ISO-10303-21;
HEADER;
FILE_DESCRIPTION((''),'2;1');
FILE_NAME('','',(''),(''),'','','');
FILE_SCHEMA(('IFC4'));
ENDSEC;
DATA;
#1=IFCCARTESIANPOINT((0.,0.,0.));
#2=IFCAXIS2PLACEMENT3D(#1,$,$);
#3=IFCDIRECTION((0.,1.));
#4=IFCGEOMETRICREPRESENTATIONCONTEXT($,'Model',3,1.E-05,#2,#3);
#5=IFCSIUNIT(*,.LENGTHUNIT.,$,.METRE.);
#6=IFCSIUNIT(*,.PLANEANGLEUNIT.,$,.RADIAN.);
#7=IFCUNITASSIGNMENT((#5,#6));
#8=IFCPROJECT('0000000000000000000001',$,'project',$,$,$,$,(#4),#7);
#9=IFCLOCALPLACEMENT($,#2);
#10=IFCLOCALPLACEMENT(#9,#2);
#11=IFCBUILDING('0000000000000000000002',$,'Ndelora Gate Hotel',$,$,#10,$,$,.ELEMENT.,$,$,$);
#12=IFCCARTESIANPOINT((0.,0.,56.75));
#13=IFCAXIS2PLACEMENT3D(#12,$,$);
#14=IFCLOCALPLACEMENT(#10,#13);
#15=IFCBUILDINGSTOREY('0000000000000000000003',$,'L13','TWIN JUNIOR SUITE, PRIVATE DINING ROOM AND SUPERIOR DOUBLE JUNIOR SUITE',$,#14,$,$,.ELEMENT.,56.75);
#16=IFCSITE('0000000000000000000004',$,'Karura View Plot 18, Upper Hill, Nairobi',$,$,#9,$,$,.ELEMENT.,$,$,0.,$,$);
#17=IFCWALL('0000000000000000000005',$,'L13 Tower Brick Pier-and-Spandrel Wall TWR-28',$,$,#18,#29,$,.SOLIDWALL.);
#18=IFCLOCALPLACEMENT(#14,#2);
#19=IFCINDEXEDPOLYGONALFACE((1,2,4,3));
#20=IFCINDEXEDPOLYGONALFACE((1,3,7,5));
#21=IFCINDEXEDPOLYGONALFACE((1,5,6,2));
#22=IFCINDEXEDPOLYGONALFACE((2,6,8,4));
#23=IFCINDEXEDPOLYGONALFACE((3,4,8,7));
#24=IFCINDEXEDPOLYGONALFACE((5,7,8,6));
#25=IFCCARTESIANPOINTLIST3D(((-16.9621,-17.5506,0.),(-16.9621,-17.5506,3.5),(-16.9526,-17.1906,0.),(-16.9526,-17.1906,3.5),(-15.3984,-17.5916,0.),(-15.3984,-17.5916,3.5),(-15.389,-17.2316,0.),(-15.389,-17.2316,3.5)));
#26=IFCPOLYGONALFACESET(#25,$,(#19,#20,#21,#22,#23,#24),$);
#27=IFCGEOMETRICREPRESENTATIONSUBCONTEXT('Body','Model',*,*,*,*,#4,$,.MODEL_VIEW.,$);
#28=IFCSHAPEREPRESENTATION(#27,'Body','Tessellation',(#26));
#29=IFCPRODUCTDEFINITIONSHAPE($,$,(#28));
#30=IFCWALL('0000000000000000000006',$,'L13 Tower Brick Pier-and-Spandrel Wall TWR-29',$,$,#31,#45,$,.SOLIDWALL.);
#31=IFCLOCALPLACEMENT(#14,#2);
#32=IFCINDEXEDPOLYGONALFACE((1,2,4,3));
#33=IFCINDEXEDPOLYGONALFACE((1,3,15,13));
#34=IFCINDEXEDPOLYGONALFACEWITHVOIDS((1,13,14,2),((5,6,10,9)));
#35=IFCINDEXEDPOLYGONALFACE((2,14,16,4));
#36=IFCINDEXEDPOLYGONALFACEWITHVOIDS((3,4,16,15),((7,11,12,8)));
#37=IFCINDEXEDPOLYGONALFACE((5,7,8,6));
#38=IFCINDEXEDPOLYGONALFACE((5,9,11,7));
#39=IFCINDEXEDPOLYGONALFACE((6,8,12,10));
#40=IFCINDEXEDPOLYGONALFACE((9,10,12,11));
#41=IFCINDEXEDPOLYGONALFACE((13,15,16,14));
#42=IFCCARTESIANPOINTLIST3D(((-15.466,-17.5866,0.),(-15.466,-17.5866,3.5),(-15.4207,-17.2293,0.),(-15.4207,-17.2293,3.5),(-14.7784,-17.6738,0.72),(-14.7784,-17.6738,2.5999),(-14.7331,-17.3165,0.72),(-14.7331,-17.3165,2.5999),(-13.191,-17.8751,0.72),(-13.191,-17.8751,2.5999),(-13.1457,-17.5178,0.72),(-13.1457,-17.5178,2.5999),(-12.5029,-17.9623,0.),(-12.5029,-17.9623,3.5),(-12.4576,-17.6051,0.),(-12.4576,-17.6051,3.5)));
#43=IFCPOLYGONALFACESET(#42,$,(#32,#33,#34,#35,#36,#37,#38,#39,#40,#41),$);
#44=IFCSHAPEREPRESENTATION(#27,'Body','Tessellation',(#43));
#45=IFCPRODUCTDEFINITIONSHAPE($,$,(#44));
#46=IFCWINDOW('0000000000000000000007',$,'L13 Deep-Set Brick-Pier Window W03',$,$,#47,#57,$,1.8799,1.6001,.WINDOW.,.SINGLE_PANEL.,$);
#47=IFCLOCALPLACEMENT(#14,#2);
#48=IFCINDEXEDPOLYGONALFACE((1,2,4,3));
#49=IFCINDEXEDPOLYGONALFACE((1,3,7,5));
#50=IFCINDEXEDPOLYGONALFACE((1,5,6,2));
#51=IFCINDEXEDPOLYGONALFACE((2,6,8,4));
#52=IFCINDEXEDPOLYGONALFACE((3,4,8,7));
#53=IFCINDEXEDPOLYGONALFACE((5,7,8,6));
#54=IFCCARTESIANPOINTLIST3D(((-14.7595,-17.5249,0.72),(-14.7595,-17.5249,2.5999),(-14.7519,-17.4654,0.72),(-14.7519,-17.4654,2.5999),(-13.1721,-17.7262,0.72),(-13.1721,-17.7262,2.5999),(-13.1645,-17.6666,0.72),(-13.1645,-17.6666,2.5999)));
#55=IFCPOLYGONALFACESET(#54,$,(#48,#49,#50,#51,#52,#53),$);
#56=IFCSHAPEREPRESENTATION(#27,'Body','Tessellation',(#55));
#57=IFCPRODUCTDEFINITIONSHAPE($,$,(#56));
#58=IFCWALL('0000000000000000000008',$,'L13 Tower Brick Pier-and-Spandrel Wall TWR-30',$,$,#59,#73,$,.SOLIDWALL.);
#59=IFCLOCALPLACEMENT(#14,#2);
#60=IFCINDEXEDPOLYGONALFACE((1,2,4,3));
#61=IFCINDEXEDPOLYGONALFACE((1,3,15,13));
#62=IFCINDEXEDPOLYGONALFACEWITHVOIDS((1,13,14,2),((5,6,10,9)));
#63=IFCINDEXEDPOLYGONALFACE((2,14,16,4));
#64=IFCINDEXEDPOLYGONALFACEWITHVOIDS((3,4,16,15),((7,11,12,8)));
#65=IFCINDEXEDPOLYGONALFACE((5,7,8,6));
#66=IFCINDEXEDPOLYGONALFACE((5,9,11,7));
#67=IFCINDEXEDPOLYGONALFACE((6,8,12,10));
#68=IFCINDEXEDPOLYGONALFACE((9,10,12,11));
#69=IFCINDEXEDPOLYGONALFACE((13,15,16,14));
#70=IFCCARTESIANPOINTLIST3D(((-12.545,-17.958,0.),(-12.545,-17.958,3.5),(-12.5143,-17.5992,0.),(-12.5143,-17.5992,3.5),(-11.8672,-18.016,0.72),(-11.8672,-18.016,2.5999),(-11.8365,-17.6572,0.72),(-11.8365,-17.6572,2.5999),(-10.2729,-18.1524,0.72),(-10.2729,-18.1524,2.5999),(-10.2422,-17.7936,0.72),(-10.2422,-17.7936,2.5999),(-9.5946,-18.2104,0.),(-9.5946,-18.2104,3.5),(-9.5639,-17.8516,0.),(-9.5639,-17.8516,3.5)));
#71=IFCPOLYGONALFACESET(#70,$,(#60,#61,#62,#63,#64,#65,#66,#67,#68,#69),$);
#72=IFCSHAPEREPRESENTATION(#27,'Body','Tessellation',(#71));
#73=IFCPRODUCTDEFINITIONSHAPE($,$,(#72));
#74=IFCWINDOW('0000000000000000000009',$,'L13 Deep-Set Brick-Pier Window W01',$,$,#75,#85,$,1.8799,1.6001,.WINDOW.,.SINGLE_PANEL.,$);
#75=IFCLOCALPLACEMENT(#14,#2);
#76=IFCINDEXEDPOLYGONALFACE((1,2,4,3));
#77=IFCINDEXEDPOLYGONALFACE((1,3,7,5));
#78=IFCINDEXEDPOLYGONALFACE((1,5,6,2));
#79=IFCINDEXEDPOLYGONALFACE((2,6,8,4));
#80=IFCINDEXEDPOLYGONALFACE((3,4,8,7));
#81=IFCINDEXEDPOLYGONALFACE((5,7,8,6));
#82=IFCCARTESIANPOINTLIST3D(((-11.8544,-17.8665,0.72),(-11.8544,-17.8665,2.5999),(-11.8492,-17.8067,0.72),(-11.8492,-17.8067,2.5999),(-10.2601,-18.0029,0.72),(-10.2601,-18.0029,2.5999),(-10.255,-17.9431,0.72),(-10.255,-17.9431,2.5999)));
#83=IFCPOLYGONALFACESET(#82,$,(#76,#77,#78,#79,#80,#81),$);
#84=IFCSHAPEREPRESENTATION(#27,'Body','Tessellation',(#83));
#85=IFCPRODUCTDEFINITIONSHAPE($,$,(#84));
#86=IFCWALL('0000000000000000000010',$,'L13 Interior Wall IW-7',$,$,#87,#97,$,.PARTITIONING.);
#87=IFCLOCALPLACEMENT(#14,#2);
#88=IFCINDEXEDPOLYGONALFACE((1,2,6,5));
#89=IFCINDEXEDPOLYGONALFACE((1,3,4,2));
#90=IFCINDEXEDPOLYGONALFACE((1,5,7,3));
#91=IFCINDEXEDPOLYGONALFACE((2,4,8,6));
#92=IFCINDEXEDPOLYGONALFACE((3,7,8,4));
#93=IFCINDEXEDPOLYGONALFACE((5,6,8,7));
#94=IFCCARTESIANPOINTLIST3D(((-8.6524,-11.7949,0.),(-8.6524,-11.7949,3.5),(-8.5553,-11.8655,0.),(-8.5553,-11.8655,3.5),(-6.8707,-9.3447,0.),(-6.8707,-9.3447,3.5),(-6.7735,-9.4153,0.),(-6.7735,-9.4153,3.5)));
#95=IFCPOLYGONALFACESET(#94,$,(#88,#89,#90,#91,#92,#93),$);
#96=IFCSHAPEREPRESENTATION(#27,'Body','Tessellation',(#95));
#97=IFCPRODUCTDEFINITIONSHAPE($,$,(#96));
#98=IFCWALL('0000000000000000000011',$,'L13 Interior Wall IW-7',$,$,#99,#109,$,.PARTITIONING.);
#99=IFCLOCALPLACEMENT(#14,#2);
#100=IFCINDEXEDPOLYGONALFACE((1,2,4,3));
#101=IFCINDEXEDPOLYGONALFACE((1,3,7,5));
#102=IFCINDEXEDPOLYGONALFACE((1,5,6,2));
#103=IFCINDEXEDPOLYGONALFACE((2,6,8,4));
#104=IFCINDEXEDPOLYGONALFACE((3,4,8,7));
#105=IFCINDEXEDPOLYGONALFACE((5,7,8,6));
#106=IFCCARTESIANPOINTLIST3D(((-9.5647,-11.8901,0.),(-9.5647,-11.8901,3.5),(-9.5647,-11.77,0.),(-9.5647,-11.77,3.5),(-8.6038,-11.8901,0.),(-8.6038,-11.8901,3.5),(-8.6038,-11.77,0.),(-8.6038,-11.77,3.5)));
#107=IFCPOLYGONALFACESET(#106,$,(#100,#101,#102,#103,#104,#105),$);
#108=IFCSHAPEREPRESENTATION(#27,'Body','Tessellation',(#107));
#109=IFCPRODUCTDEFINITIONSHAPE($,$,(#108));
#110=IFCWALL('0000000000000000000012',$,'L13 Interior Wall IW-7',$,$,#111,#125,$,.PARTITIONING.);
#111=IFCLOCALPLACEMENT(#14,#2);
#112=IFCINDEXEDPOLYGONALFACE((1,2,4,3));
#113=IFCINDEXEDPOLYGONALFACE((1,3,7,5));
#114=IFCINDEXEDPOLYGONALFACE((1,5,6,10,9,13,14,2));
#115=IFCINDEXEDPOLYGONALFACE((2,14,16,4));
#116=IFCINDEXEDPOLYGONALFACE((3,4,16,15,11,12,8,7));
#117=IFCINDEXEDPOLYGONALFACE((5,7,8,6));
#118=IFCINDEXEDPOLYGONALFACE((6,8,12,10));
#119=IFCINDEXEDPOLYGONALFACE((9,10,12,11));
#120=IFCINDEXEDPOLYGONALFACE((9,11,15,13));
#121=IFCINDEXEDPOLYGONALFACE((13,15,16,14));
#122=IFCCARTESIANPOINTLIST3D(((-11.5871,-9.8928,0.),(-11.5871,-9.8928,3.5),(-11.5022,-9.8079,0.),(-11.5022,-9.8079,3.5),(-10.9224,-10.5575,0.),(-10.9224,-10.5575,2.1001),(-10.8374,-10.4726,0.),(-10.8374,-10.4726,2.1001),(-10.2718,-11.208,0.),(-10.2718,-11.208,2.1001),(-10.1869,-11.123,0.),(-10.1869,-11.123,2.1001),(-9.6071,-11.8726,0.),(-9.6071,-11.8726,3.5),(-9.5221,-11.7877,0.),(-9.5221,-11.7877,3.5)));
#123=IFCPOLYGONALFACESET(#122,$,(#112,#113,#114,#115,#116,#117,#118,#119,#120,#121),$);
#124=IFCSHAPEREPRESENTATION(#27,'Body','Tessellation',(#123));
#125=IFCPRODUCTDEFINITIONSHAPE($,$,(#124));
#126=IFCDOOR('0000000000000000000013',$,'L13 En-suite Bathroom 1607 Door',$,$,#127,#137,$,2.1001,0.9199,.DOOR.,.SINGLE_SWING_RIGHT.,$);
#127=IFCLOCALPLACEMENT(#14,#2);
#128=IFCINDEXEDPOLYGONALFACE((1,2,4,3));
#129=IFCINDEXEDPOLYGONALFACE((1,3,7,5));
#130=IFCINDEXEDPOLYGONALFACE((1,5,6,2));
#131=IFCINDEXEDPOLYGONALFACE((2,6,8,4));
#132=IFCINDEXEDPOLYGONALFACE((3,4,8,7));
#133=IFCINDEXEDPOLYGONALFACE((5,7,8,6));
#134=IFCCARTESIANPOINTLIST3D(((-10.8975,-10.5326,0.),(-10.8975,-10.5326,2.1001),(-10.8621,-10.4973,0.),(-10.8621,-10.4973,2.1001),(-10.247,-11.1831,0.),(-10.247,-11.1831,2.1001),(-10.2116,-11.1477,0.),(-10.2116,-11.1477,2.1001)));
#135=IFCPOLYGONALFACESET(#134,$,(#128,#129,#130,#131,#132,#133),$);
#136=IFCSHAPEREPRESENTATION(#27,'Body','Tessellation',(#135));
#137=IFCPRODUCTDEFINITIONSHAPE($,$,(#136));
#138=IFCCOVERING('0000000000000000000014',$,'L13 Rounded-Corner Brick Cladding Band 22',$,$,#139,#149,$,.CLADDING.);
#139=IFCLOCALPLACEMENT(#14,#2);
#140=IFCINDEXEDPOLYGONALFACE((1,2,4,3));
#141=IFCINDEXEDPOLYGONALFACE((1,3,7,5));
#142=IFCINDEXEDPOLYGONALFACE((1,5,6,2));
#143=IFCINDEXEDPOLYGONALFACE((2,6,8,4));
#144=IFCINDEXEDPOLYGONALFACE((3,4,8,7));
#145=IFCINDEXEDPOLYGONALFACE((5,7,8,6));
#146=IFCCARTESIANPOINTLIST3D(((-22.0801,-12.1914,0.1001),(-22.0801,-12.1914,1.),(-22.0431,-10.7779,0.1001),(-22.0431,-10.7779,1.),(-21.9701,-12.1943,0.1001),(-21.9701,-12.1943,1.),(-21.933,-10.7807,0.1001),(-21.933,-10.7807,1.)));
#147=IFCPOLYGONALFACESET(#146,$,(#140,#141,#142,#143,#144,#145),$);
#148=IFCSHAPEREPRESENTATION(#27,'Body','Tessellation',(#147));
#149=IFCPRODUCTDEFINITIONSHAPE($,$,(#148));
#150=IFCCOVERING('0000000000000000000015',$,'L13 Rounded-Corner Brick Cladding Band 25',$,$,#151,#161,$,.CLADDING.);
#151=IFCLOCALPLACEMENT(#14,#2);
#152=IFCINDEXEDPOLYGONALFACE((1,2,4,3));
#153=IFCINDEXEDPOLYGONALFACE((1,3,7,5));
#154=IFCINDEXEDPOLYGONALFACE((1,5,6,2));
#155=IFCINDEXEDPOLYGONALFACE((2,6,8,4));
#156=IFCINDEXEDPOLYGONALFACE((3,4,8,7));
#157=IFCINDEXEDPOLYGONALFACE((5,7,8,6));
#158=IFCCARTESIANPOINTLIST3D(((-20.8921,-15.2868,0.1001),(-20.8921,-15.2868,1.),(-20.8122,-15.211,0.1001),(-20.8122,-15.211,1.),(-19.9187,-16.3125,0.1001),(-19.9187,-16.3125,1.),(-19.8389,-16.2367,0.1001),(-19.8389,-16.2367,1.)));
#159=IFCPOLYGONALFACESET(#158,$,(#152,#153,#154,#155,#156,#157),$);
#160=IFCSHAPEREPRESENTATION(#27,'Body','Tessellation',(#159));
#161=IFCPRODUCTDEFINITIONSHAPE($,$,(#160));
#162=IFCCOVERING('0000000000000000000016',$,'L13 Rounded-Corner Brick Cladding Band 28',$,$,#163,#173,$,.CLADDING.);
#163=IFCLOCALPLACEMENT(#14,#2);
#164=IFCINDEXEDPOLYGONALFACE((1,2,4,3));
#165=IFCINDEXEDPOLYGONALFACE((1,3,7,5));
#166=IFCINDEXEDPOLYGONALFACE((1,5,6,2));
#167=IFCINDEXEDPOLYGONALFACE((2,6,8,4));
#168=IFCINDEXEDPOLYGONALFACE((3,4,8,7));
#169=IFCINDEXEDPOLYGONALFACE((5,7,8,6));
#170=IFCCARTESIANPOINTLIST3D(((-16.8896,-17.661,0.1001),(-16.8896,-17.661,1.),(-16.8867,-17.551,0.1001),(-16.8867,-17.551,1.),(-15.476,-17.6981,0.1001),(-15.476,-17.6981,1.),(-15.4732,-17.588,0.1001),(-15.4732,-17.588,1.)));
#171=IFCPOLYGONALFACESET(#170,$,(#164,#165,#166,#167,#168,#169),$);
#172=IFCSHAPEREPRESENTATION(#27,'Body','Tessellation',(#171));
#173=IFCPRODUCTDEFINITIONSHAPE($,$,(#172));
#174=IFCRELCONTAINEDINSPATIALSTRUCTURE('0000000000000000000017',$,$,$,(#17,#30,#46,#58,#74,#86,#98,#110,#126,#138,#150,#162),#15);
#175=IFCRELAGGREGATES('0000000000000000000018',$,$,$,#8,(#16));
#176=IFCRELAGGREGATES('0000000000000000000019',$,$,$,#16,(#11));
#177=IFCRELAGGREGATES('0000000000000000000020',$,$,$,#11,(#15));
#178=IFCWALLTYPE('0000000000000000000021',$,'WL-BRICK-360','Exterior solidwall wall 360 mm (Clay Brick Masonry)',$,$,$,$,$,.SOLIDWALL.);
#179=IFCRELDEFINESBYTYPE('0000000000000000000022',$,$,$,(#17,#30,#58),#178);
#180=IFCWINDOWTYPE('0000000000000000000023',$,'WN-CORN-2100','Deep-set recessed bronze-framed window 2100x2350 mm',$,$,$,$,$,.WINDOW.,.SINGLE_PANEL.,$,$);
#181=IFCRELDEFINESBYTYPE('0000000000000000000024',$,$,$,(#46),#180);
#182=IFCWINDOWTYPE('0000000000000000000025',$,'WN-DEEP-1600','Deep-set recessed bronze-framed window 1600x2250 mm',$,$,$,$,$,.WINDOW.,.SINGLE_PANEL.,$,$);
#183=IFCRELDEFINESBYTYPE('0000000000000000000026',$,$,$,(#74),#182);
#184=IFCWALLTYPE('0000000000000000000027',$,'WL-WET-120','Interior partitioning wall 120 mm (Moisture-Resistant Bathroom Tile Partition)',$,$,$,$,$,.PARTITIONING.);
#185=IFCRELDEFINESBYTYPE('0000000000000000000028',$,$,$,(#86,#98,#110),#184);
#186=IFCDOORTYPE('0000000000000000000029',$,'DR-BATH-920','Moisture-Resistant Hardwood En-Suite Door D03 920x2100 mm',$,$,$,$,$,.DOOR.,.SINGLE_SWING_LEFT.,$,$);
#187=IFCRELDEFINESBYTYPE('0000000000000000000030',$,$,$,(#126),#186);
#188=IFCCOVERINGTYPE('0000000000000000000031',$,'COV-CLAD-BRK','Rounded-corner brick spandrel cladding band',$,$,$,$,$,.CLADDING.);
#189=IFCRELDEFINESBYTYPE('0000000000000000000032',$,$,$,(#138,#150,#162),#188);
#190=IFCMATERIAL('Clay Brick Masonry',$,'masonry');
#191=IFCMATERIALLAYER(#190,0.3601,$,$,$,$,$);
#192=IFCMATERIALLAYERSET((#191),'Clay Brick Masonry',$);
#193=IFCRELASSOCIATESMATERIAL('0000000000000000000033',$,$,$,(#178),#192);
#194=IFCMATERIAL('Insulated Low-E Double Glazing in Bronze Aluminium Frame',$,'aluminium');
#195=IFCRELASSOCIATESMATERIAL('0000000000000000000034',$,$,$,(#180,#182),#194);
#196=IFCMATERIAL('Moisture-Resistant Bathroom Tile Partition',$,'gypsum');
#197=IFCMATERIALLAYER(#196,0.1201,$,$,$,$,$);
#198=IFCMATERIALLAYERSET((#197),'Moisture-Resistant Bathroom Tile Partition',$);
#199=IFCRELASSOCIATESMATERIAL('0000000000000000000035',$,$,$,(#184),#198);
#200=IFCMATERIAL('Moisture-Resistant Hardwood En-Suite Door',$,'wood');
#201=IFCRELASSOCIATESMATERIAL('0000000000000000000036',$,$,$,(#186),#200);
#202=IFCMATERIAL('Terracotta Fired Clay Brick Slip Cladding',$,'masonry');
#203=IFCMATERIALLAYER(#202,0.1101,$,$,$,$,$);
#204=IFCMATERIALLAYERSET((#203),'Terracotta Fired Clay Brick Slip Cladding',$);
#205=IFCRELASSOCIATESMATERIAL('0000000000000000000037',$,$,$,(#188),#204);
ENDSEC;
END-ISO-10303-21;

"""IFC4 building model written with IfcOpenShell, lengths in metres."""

from ifc_helpers import new_model, si_unit, direction, frame, frame_2d, origin, origin_2d, place, context, subcontext, project, spatial, rectangle, extrude, material, layer, layer_set, type_object, element, fill, save


model = new_model("IFC4")

# Units and contexts
model_context = context("Model", 3, precision=1e-05, world=origin(), true_north=direction((0.0, 1.0)))
body_context = subcontext(model_context, "Body", "Model", "MODEL_VIEW")
ifc_project = project(units=[si_unit("LENGTHUNIT", "METRE"), si_unit("PLANEANGLEUNIT", "RADIAN")], contexts=[model_context])

# Site, building, storey
site_placement = place(None, origin())
site = spatial("IfcSite", under=ifc_project, at=site_placement, Name="Karura View Plot 18, Upper Hill, Nairobi", CompositionType="ELEMENT", RefElevation=0.0)
building_placement = place(site_placement, origin())
building = spatial("IfcBuilding", under=site, at=building_placement, Name="Ndelora Gate Hotel", CompositionType="ELEMENT")
storey_placement = place(building_placement, frame((0.0, 0.0, 56.75)))
storey = spatial("IfcBuildingStorey", under=building, at=storey_placement, Name="L13", Description="TWIN JUNIOR SUITE, PRIVATE DINING ROOM AND SUPERIOR DOUBLE JUNIOR SUITE", CompositionType="ELEMENT", Elevation=56.75)

# Wall
ifc_material_1 = material(Name="Clay Brick Masonry", Category="masonry")
ifc_layer_1 = layer(ifc_material_1, 0.3601)
ifc_layer_set_1 = layer_set([ifc_layer_1], Name="Clay Brick Masonry")
wall_type_1 = type_object("IfcWallType", Name="WL-BRICK-360", Description="Exterior solidwall wall 360 mm (Clay Brick Masonry)", PredefinedType="SOLIDWALL", material=ifc_layer_set_1)
for number, where, z_axis, x_axis, name in (
    (1, (-15.3936, -17.4116, 0.0), (0.0, 0.0, 1.0), (-0.999656, 0.02622, 0.0), "L13 Tower Brick Pier-and-Spandrel Wall TWR-28"),
):
    element("IfcWall", number, at=place(storey_placement, frame(where, z_axis=z_axis, x_axis=x_axis)), inside=storey, type_object=wall_type_1, Name=name, PredefinedType="SOLIDWALL", context=body_context, shape_type="SweptSolid", body=[
        extrude(rectangle(XDim=1.5642, YDim=0.3601, at=frame_2d((0.7822, 0.0))), origin(), (0.0, 0.0, 1.0), 3.5),
    ])

# Walls, openings, windows
wall_1_placement = place(storey_placement, frame((-12.4802, -17.7837, 0.0), z_axis=(0.0, 0.0, 1.0), x_axis=(-0.992056, 0.125795, 0.0)))
wall_1 = element("IfcWall", 2, at=wall_1_placement, inside=storey, type_object=wall_type_1, Name="L13 Tower Brick Pier-and-Spandrel Wall TWR-29", PredefinedType="SOLIDWALL", context=body_context, shape_type="SweptSolid", body=[
    extrude(rectangle(XDim=2.9868, YDim=0.3601, at=frame_2d((1.4934, 0.0))), origin(), (0.0, 0.0, 1.0), 3.5),
])
opening_1_placement = place(wall_1_placement, frame((0.6936, 0.0, 0.72)))
opening_1 = element("IfcOpeningElement", 3, at=opening_1_placement, cuts=wall_1, PredefinedType="OPENING", context=body_context, shape_type="SweptSolid", body=[
    extrude(rectangle(XDim=1.6001, YDim=1.8799, at=frame_2d((0.8, 0.9399))), frame((0.0, 0.1899, 0.0), z_axis=(0.0, -1.0, 0.0), x_axis=(1.0, 0.0, 0.0)), (0.0, 0.0, 1.0), 0.3801),
])
ifc_material_2 = material(Name="Insulated Low-E Double Glazing in Bronze Aluminium Frame", Category="aluminium")
window_type_1 = type_object("IfcWindowType", Name="WN-CORN-2100", Description="Deep-set recessed bronze-framed window 2100x2350 mm", PartitioningType="SINGLE_PANEL", PredefinedType="WINDOW", material=ifc_material_2)
window_1_placement = place(opening_1_placement, origin())
window_1 = element("IfcWindow", 4, at=window_1_placement, inside=storey, type_object=window_type_1, Name="L13 Deep-Set Brick-Pier Window W03", OverallHeight=1.8799, OverallWidth=1.6001, PartitioningType="SINGLE_PANEL", PredefinedType="WINDOW", context=body_context, shape_type="SweptSolid", body=[
    extrude(rectangle(XDim=1.6001, YDim=1.8799, at=frame_2d((0.8, 0.9399))), frame((0.0, 0.03, 0.0), z_axis=(0.0, -1.0, 0.0), x_axis=(1.0, 0.0, 0.0)), (0.0, 0.0, 1.0), 0.0601),
])
fill(opening_1, window_1)
wall_2_placement = place(storey_placement, frame((-9.5793, -18.031, 0.0), z_axis=(0.0, 0.0, 1.0), x_axis=(-0.99636, 0.085249, 0.0)))
wall_2 = element("IfcWall", 5, at=wall_2_placement, inside=storey, type_object=wall_type_1, Name="L13 Tower Brick Pier-and-Spandrel Wall TWR-30", PredefinedType="SOLIDWALL", context=body_context, shape_type="SweptSolid", body=[
    extrude(rectangle(XDim=2.9612, YDim=0.3601, at=frame_2d((1.4805, 0.0))), origin(), (0.0, 0.0, 1.0), 3.5),
])
opening_2_placement = place(wall_2_placement, frame((0.6807, 0.0, 0.72)))
opening_2 = element("IfcOpeningElement", 6, at=opening_2_placement, cuts=wall_2, PredefinedType="OPENING", context=body_context, shape_type="SweptSolid", body=[
    extrude(rectangle(XDim=1.6001, YDim=1.8799, at=frame_2d((0.8, 0.9399))), frame((0.0, 0.1899, 0.0), z_axis=(0.0, -1.0, 0.0), x_axis=(1.0, 0.0, 0.0)), (0.0, 0.0, 1.0), 0.3801),
])
window_type_2 = type_object("IfcWindowType", Name="WN-DEEP-1600", Description="Deep-set recessed bronze-framed window 1600x2250 mm", PartitioningType="SINGLE_PANEL", PredefinedType="WINDOW", material=ifc_material_2)
window_2_placement = place(opening_2_placement, origin())
window_2 = element("IfcWindow", 7, at=window_2_placement, inside=storey, type_object=window_type_2, Name="L13 Deep-Set Brick-Pier Window W01", OverallHeight=1.8799, OverallWidth=1.6001, PartitioningType="SINGLE_PANEL", PredefinedType="WINDOW", context=body_context, shape_type="SweptSolid", body=[
    extrude(rectangle(XDim=1.6001, YDim=1.8799, at=frame_2d((0.8, 0.9399))), frame((0.0, 0.03, 0.0), z_axis=(0.0, -1.0, 0.0), x_axis=(1.0, 0.0, 0.0)), (0.0, 0.0, 1.0), 0.0601),
])
fill(opening_2, window_2)

# Walls
ifc_material_3 = material(Name="Moisture-Resistant Bathroom Tile Partition", Category="gypsum")
ifc_layer_2 = layer(ifc_material_3, 0.1201)
ifc_layer_set_2 = layer_set([ifc_layer_2], Name="Moisture-Resistant Bathroom Tile Partition")
wall_type_2 = type_object("IfcWallType", Name="WL-WET-120", Description="Interior partitioning wall 120 mm (Moisture-Resistant Bathroom Tile Partition)", PredefinedType="PARTITIONING", material=ifc_layer_set_2)
wall_3_placement = place(storey_placement, frame((-8.6038, -11.8301, 0.0), z_axis=(0.0, 0.0, 1.0), x_axis=(0.588124, 0.808771, 0.0)))
element("IfcWall", 8, at=wall_3_placement, inside=storey, type_object=wall_type_2, Name="L13 Interior Wall IW-7", PredefinedType="PARTITIONING", context=body_context, shape_type="SweptSolid", body=[
    extrude(rectangle(XDim=3.0295, YDim=0.1201, at=frame_2d((1.5146, 0.0))), origin(), (0.0, 0.0, 1.0), 3.5),
])
wall_4_placement = place(storey_placement, frame((-8.6038, -11.8301, 0.0), z_axis=(0.0, 0.0, 1.0), x_axis=(-1.0, 0.0, 0.0)))
element("IfcWall", 9, at=wall_4_placement, inside=storey, type_object=wall_type_2, Name="L13 Interior Wall IW-7", PredefinedType="PARTITIONING", context=body_context, shape_type="SweptSolid", body=[
    extrude(rectangle(XDim=0.9609, YDim=0.1201, at=frame_2d((0.4805, 0.0))), origin(), (0.0, 0.0, 1.0), 3.5),
])

# Wall, opening, door
wall_5_placement = place(storey_placement, frame((-9.5647, -11.8301, 0.0), z_axis=(0.0, 0.0, 1.0), x_axis=(-0.70715, 0.707063, 0.0)))
wall_5 = element("IfcWall", 10, at=wall_5_placement, inside=storey, type_object=wall_type_2, Name="L13 Interior Wall IW-7", PredefinedType="PARTITIONING", context=body_context, shape_type="SweptSolid", body=[
    extrude(rectangle(XDim=2.8, YDim=0.1201, at=frame_2d((1.3999, 0.0))), origin(), (0.0, 0.0, 1.0), 3.5),
])
opening_3_placement = place(wall_5_placement, frame((0.9399, 0.0, 0.0)))
opening_3 = element("IfcOpeningElement", 11, at=opening_3_placement, cuts=wall_5, PredefinedType="OPENING", context=body_context, shape_type="SweptSolid", body=[
    extrude(rectangle(XDim=0.9199, YDim=2.1001, at=frame_2d((0.46, 1.05))), frame((0.0, 0.0701, 0.0), z_axis=(0.0, -1.0, 0.0), x_axis=(1.0, 0.0, 0.0)), (0.0, 0.0, 1.0), 0.1401),
])
ifc_material_4 = material(Name="Moisture-Resistant Hardwood En-Suite Door", Category="wood")
door_type = type_object("IfcDoorType", Name="DR-BATH-920", Description="Moisture-Resistant Hardwood En-Suite Door D03 920x2100 mm", OperationType="SINGLE_SWING_LEFT", PredefinedType="DOOR", material=ifc_material_4)
door_placement = place(opening_3_placement, origin())
door = element("IfcDoor", 12, at=door_placement, inside=storey, type_object=door_type, Name="L13 En-suite Bathroom 1607 Door", OperationType="SINGLE_SWING_RIGHT", OverallHeight=2.1001, OverallWidth=0.9199, PredefinedType="DOOR", context=body_context, shape_type="SweptSolid", body=[
    extrude(rectangle(XDim=0.9199, YDim=2.1001, at=frame_2d((0.46, 1.05))), frame((0.0, 0.0249, 0.0), z_axis=(0.0, -1.0, 0.0), x_axis=(1.0, 0.0, 0.0)), (0.0, 0.0, 1.0), 0.05),
])
fill(opening_3, door)

# Coverings
ifc_material_5 = material(Name="Terracotta Fired Clay Brick Slip Cladding", Category="masonry")
ifc_layer_3 = layer(ifc_material_5, 0.1101)
ifc_layer_set_3 = layer_set([ifc_layer_3], Name="Terracotta Fired Clay Brick Slip Cladding")
covering_type_1 = type_object("IfcCoveringType", Name="COV-CLAD-BRK", Description="Rounded-corner brick spandrel cladding band", PredefinedType="CLADDING", material=ifc_layer_set_3)
for number, where, z_axis, x_axis, name in (
    (13, (-22.0066, -11.4861, 0.1001), (0.0, 0.0, 1.0), (0.026177, 0.999657, 0.0), "L13 Rounded-Corner Brick Cladding Band 22"),
    (14, (-20.3655, -15.7617, 0.1001), (0.0, 0.0, 1.0), (-0.688355, 0.725374, 0.0), "L13 Rounded-Corner Brick Cladding Band 25"),
    (15, (-16.1814, -17.6245, 0.1001), (0.0, 0.0, 1.0), (-0.999657, 0.026177, 0.0), "L13 Rounded-Corner Brick Cladding Band 28"),
):
    element("IfcCovering", number, at=place(storey_placement, frame(where, z_axis=z_axis, x_axis=x_axis)), inside=storey, type_object=covering_type_1, Name=name, PredefinedType="CLADDING", context=body_context, shape_type="SweptSolid", body=[
        extrude(rectangle(XDim=1.4141, YDim=0.1101, at=origin_2d()), origin(), (0.0, 0.0, 1.0), 0.8999),
    ])

save(model, "model.ifc")
